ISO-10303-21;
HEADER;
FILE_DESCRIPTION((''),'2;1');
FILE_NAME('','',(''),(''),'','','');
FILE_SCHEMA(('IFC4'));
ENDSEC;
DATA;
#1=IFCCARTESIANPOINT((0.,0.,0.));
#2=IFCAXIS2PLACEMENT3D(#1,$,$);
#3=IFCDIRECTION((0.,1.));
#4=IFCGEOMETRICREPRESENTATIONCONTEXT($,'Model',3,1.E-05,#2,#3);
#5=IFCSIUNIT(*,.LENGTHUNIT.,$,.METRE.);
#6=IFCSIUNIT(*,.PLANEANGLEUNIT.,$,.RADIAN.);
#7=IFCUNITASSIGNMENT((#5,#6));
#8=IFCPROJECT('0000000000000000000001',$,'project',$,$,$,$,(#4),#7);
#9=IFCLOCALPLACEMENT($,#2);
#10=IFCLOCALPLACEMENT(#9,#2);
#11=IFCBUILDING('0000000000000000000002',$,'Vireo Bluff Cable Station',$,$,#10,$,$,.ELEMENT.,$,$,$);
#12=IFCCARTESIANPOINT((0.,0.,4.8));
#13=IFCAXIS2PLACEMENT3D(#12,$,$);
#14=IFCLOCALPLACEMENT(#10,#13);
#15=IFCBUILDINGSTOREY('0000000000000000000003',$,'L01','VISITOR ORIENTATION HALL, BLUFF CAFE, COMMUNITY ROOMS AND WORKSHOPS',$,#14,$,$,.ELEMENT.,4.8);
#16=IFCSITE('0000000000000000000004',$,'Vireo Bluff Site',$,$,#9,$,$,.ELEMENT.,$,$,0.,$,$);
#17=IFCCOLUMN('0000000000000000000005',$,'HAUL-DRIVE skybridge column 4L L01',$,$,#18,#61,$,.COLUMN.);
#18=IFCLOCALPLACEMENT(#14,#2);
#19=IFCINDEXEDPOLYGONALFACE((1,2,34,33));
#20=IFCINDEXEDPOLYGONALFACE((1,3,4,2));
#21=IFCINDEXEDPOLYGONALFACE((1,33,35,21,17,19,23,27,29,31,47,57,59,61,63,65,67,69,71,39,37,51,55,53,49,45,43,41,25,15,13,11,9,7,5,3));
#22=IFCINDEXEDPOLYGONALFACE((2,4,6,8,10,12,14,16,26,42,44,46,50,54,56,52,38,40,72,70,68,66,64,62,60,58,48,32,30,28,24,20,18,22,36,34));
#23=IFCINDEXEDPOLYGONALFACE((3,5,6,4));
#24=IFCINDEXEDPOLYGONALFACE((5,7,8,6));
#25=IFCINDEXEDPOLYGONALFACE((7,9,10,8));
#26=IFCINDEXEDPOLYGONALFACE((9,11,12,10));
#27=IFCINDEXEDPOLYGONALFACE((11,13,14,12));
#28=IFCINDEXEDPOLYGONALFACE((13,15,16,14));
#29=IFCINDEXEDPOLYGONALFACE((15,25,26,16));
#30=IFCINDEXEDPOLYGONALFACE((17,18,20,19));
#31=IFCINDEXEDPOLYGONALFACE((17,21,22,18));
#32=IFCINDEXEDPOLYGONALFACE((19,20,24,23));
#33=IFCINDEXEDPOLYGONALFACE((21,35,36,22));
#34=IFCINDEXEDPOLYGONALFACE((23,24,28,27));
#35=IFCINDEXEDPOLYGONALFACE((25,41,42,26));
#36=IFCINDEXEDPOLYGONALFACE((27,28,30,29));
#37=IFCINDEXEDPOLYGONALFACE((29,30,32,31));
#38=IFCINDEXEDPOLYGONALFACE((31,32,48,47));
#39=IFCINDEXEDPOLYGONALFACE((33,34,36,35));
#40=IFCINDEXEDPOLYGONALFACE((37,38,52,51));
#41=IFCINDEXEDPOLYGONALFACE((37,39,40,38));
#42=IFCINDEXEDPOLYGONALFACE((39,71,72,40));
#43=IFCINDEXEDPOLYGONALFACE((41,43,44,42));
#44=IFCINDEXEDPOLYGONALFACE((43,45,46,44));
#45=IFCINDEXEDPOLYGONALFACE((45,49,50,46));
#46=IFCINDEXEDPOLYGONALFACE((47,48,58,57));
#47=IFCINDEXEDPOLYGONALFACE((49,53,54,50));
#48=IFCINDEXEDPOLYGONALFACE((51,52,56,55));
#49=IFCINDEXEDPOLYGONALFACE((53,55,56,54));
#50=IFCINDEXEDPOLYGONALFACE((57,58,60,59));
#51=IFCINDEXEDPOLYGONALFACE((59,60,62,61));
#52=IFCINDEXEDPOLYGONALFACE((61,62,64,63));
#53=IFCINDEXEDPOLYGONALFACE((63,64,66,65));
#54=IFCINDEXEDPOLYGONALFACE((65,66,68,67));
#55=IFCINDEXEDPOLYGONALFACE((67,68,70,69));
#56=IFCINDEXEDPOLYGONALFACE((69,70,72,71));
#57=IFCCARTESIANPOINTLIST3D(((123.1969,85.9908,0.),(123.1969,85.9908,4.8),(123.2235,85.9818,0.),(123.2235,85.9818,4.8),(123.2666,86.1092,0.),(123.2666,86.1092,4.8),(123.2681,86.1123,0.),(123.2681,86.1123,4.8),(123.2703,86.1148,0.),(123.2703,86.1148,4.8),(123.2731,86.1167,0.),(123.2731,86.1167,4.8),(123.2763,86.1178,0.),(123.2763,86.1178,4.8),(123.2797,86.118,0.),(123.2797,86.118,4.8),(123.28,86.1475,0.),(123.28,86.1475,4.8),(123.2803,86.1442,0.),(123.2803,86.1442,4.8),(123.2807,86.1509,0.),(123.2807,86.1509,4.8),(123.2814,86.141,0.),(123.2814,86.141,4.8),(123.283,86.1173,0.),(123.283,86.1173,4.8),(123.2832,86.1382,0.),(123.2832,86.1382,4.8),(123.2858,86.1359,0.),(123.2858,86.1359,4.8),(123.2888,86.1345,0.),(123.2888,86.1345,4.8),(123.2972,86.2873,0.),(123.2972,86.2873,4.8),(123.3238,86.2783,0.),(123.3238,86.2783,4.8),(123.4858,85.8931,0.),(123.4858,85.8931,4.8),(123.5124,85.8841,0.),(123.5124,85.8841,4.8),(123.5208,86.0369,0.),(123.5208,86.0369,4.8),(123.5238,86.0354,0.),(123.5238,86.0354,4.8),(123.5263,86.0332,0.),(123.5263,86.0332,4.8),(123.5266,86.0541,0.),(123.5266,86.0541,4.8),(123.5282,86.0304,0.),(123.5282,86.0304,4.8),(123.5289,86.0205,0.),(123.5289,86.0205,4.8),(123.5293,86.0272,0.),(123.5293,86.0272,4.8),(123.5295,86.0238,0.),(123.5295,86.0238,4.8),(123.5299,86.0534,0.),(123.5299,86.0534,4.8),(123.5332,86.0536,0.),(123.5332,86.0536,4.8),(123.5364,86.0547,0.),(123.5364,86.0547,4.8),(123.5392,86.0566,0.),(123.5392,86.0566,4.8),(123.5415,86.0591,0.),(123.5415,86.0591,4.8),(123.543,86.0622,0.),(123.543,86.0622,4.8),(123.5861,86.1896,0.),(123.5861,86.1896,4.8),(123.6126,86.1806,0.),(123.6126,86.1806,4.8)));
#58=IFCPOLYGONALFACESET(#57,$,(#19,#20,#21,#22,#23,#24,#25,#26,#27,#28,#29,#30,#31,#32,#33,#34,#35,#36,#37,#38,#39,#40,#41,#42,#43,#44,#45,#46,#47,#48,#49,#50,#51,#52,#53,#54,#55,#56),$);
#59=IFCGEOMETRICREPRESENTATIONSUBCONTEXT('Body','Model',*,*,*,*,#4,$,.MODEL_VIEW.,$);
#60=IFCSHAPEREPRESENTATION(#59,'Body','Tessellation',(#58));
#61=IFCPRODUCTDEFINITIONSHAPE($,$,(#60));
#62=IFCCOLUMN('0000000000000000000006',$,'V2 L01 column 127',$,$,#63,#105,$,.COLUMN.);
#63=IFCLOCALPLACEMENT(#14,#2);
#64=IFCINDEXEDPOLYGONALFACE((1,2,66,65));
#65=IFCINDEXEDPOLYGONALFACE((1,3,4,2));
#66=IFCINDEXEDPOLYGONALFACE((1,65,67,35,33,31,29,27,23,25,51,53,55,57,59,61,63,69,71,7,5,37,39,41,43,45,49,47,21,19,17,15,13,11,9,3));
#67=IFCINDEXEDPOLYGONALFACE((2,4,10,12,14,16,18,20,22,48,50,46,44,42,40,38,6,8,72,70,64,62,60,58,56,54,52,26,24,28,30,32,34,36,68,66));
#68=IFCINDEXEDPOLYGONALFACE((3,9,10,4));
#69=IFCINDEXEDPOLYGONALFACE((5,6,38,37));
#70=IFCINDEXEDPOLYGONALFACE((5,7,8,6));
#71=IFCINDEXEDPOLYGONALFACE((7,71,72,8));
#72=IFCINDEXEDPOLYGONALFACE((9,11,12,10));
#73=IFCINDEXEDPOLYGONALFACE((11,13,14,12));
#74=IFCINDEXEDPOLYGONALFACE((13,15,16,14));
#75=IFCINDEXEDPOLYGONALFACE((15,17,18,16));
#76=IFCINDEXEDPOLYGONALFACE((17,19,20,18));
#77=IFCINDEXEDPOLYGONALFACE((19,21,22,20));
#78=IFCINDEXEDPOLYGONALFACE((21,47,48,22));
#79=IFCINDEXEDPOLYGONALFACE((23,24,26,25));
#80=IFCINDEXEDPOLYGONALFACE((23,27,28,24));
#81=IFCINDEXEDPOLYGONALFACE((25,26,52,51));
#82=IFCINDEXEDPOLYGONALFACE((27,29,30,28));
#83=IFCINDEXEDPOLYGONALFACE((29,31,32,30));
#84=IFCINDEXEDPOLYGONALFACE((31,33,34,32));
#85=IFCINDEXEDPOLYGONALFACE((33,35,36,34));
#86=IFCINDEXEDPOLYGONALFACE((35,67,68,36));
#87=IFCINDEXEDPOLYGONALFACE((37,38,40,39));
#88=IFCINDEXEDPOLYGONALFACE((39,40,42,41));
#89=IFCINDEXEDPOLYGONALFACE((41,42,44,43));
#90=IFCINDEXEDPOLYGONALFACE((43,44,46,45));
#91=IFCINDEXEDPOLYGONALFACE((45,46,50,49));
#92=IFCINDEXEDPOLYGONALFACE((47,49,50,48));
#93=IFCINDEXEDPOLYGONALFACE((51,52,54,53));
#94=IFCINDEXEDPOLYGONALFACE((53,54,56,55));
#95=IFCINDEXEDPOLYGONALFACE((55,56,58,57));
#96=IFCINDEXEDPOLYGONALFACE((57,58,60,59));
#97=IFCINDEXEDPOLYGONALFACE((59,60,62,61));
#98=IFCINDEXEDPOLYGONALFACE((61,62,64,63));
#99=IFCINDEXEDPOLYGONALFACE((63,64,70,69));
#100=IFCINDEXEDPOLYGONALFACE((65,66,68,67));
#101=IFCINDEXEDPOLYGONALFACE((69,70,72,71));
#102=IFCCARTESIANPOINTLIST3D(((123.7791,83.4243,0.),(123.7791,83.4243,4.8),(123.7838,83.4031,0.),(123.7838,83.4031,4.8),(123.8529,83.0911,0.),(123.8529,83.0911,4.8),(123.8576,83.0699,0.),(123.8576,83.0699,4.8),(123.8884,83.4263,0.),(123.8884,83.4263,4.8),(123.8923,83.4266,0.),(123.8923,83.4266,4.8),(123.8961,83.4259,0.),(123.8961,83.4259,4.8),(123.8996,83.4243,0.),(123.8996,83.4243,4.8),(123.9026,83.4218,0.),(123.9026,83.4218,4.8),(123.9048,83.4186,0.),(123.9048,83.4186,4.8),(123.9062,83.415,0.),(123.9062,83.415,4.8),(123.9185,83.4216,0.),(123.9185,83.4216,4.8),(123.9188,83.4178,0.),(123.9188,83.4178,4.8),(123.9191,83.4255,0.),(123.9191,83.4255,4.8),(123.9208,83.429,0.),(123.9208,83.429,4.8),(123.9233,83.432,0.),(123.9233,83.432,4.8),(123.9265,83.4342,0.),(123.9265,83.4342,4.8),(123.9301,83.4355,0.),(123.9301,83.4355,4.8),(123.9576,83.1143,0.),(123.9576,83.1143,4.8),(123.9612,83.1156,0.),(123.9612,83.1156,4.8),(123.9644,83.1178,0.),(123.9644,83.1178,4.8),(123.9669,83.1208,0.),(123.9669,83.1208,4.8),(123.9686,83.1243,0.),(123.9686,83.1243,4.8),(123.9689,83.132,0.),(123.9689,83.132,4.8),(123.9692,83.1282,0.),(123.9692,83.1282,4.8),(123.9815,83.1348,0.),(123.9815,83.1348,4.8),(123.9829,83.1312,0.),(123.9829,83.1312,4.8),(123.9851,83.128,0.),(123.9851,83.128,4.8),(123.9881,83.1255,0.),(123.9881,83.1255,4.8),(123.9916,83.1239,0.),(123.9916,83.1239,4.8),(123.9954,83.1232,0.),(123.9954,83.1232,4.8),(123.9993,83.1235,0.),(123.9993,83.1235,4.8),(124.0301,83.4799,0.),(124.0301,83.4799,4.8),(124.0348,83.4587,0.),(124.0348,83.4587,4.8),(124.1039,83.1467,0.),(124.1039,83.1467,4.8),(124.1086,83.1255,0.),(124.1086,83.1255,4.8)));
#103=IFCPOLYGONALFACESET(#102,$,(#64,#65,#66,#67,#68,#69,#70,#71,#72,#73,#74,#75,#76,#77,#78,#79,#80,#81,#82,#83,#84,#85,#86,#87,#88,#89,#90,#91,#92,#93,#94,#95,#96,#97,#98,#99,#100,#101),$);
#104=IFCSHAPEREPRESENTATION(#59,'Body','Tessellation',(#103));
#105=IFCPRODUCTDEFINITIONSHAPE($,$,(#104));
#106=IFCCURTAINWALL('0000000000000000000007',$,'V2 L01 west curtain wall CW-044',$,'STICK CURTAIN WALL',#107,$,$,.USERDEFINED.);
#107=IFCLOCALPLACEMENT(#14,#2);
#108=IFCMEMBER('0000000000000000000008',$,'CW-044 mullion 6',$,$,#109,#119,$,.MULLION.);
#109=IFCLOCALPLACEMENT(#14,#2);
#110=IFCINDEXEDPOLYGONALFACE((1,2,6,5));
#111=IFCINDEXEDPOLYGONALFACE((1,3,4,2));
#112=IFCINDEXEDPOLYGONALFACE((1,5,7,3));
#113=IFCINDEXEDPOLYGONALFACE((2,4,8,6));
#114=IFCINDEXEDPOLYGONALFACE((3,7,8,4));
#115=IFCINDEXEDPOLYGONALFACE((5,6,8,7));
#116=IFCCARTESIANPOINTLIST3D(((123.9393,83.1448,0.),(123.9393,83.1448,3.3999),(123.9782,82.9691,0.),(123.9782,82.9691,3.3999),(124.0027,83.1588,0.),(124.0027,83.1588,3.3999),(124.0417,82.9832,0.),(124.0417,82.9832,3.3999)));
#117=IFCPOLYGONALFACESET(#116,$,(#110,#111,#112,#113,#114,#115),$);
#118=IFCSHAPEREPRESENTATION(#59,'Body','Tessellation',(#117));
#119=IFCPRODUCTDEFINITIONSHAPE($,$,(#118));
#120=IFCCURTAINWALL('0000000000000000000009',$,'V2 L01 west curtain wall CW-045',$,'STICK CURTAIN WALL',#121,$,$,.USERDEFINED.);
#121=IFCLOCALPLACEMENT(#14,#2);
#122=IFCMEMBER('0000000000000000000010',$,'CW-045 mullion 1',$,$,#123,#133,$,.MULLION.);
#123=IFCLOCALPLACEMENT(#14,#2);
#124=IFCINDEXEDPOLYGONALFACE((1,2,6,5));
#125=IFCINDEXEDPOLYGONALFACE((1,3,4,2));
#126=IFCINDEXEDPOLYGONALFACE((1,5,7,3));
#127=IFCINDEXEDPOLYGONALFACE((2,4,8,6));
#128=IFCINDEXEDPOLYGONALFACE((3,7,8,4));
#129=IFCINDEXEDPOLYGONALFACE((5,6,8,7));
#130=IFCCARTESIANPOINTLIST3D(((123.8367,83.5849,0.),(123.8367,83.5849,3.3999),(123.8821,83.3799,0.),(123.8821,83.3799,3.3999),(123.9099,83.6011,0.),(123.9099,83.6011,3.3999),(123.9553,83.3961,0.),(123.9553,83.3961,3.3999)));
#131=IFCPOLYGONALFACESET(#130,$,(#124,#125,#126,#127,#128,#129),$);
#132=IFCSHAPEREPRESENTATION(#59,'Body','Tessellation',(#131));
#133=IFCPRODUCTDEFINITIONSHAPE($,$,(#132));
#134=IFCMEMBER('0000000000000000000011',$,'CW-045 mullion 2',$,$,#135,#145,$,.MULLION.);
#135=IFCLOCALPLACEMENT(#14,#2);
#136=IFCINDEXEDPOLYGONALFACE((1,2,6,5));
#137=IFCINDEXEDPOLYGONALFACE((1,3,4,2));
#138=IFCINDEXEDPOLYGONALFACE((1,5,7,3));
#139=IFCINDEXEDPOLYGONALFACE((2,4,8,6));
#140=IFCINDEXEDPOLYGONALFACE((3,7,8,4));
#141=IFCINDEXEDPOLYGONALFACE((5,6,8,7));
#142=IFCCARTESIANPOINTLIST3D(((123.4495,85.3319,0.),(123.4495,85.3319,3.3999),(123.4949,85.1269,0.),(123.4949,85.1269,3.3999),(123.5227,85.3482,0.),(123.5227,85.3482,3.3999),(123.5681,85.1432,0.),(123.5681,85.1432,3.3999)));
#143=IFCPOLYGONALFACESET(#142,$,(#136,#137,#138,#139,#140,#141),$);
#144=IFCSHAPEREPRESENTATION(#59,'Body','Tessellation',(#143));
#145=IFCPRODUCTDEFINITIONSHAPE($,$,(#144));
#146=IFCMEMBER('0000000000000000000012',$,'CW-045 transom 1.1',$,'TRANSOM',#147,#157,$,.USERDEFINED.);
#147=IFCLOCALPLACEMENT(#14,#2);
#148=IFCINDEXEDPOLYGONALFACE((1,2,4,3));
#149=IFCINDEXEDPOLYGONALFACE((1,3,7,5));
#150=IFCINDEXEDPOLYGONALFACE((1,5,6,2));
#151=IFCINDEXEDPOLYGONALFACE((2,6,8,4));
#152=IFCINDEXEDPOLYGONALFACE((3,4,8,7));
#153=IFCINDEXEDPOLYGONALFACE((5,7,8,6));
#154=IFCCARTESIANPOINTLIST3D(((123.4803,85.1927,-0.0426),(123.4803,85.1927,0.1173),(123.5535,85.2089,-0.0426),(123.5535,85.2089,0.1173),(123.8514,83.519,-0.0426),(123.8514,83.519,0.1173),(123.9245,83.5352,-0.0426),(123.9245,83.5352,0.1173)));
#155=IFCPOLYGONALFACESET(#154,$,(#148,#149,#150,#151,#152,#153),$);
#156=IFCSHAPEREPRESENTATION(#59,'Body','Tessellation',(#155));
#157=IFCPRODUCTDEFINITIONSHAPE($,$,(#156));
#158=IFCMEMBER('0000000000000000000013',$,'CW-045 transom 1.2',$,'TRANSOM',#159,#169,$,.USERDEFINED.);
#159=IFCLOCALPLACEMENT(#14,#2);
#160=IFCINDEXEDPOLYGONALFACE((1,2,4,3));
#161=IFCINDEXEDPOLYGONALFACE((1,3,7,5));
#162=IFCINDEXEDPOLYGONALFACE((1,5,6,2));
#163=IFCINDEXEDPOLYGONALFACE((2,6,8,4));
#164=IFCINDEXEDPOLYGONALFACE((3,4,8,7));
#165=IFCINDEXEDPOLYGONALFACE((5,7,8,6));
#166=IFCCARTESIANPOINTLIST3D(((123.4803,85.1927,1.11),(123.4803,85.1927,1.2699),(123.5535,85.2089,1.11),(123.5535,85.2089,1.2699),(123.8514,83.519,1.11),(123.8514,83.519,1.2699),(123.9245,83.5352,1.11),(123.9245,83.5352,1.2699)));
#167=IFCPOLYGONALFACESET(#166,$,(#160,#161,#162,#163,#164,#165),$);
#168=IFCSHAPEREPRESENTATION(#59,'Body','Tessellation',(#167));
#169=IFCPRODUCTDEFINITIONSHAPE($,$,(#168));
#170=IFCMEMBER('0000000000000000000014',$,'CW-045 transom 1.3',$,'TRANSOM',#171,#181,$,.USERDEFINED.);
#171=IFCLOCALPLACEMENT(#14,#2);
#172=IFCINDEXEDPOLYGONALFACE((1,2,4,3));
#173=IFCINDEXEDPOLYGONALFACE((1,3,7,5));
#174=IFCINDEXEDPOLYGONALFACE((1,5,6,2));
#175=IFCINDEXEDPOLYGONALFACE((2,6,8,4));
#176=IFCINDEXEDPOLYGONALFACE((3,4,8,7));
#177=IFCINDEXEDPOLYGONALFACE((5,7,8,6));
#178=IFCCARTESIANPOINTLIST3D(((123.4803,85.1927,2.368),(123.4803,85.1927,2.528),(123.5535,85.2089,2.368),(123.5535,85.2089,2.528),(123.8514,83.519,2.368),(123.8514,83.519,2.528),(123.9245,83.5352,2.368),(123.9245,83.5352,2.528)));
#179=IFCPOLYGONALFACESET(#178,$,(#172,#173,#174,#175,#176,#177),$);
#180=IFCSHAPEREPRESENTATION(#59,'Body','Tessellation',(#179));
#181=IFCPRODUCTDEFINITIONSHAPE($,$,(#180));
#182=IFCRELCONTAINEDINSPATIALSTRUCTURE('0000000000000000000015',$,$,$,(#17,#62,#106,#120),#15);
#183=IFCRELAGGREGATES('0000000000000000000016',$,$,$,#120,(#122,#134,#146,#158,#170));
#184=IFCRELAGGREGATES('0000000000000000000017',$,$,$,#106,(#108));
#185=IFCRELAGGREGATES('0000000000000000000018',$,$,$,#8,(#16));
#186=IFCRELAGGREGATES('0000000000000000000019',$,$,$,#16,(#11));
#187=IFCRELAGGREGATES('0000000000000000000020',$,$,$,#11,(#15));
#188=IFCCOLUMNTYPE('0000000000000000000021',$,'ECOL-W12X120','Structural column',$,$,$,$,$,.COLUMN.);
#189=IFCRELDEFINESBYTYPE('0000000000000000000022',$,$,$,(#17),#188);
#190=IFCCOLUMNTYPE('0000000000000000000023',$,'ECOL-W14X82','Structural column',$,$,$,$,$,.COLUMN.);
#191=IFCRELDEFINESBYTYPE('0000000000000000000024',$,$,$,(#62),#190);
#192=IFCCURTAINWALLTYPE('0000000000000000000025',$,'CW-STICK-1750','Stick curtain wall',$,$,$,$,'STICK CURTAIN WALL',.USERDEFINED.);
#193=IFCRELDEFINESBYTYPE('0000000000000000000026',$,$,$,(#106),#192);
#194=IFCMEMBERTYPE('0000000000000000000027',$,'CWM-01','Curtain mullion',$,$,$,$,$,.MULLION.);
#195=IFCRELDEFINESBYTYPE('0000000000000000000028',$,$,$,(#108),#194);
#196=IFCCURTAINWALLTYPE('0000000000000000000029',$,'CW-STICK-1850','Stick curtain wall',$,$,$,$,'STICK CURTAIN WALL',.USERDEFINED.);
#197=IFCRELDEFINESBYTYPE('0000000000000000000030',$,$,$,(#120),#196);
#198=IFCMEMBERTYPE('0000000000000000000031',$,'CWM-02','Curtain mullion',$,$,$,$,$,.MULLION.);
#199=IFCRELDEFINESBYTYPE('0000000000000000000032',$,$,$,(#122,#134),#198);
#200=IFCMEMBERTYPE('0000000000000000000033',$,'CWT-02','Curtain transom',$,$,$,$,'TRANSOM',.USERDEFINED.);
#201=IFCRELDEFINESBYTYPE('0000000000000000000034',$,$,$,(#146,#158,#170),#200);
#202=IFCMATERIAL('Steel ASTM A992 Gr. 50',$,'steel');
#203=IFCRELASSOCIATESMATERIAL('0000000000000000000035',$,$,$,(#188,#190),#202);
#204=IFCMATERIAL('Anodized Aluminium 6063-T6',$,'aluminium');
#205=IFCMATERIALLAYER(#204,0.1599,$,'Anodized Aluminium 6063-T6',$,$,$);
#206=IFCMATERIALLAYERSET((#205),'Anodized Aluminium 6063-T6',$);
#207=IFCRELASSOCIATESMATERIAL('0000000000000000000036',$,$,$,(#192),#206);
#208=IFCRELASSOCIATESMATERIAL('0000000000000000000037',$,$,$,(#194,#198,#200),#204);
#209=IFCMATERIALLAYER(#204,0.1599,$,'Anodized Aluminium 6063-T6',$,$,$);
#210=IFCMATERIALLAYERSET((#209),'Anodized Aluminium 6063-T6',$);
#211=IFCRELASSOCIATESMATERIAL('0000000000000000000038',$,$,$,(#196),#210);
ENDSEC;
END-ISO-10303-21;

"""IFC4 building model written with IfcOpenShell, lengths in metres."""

from ifc_helpers import new_model, si_unit, direction, frame, origin, origin_2d, place, context, subcontext, project, spatial, rectangle, i_section, extrude, material, layer, layer_set, material_profile, profile_set, type_object, element, aggregate, save


model = new_model("IFC4")

# Units and contexts
model_context = context("Model", 3, precision=1e-05, world=origin(), true_north=direction((0.0, 1.0)))
body_context = subcontext(model_context, "Body", "Model", "MODEL_VIEW")
ifc_project = project(units=[si_unit("LENGTHUNIT", "METRE"), si_unit("PLANEANGLEUNIT", "RADIAN")], contexts=[model_context])

# Site, building, storey
site_placement = place(None, origin())
site = spatial("IfcSite", under=ifc_project, at=site_placement, Name="Vireo Bluff Site", CompositionType="ELEMENT", RefElevation=0.0)
building_placement = place(site_placement, origin())
building = spatial("IfcBuilding", under=site, at=building_placement, Name="Vireo Bluff Cable Station", CompositionType="ELEMENT")
storey_placement = place(building_placement, frame((0.0, 0.0, 4.8)))
storey = spatial("IfcBuildingStorey", under=building, at=storey_placement, Name="L01", Description="VISITOR ORIENTATION HALL, BLUFF CAFE, COMMUNITY ROOMS AND WORKSHOPS", CompositionType="ELEMENT", Elevation=4.8)

# Columns
ifc_material_1 = material(Name="Steel ASTM A992 Gr. 50", Category="steel")
ifc_material_profile_1 = material_profile(ifc_material_1, i_section(OverallWidth=0.313, OverallDepth=0.333, WebThickness=0.0181, FlangeThickness=0.0281, FilletRadius=0.0129, at=origin_2d()), Name="W12X120")
ifc_profile_set_1 = profile_set([ifc_material_profile_1], Name="Steel ASTM A992 Gr. 50")
column_type_1 = type_object("IfcColumnType", Name="ECOL-W12X120", Description="Structural column", PredefinedType="COLUMN", material=ifc_profile_set_1)
column_1_placement = place(storey_placement, frame((123.4048, 86.0857, 0.0), z_axis=(0.0, 0.0, 1.0), x_axis=(0.320352, 0.947299, 0.0)))
element("IfcColumn", 1, at=column_1_placement, inside=storey, type_object=column_type_1, Name="HAUL-DRIVE skybridge column 4L L01", PredefinedType="COLUMN", context=body_context, shape_type="SweptSolid", body=[
    extrude(i_section(OverallWidth=0.313, OverallDepth=0.333, WebThickness=0.0181, FlangeThickness=0.0281, FilletRadius=0.0129, at=origin_2d()), origin(), (0.0, 0.0, 1.0), 4.8),
])
ifc_material_profile_2 = material_profile(ifc_material_1, i_section(OverallWidth=0.2571, OverallDepth=0.363, WebThickness=0.0129, FlangeThickness=0.0217, FilletRadius=0.0149, at=origin_2d()), Name="W14X82")
ifc_profile_set_2 = profile_set([ifc_material_profile_2], Name="Steel ASTM A992 Gr. 50")
column_type_2 = type_object("IfcColumnType", Name="ECOL-W14X82", Description="Structural column", PredefinedType="COLUMN", material=ifc_profile_set_2)
column_2_placement = place(storey_placement, frame((123.9438, 83.2749, 0.0), z_axis=(0.0, 0.0, 1.0), x_axis=(0.976296, 0.21644, 0.0)))
element("IfcColumn", 2, at=column_2_placement, inside=storey, type_object=column_type_2, Name="V2 L01 column 127", PredefinedType="COLUMN", context=body_context, shape_type="SweptSolid", body=[
    extrude(i_section(OverallWidth=0.2571, OverallDepth=0.363, WebThickness=0.0129, FlangeThickness=0.0217, FilletRadius=0.0149, at=origin_2d()), origin(), (0.0, 0.0, 1.0), 4.8),
])

# Curtain wall, member
ifc_material_2 = material(Name="Anodized Aluminium 6063-T6", Category="aluminium")
ifc_layer_1 = layer(ifc_material_2, 0.1599, Name="Anodized Aluminium 6063-T6")
ifc_layer_set_1 = layer_set([ifc_layer_1], Name="Anodized Aluminium 6063-T6")
curtain_wall_type_1 = type_object("IfcCurtainWallType", Name="CW-STICK-1750", Description="Stick curtain wall", ElementType="STICK CURTAIN WALL", PredefinedType="USERDEFINED", material=ifc_layer_set_1)
curtain_wall_1_placement = place(storey_placement, origin())
curtain_wall_1 = element("IfcCurtainWall", 3, at=curtain_wall_1_placement, inside=storey, type_object=curtain_wall_type_1, Name="V2 L01 west curtain wall CW-044", ObjectType="STICK CURTAIN WALL", PredefinedType="USERDEFINED")
ifc_material_profile_3 = material_profile(ifc_material_2, rectangle(XDim=0.0649, YDim=0.1799, at=origin_2d()), Name="ALU-M-65X180")
ifc_profile_set_3 = profile_set([ifc_material_profile_3], Name="Anodized Aluminium 6063-T6")
member_type_1 = type_object("IfcMemberType", Name="CWM-01", Description="Curtain mullion", PredefinedType="MULLION", material=ifc_profile_set_3)
member_1_placement = place(storey_placement, frame((123.9905, 83.064, 0.0), z_axis=(0.0, 0.0, 1.0), x_axis=(-0.976296, -0.21644, 0.0)))
member_1 = element("IfcMember", 4, at=member_1_placement, type_object=member_type_1, Name="CW-044 mullion 6", PredefinedType="MULLION", context=body_context, shape_type="SweptSolid", body=[
    extrude(rectangle(XDim=0.0649, YDim=0.1799, at=origin_2d()), origin(), (0.0, 0.0, 1.0), 3.3999),
])

# Curtain wall, members
ifc_layer_2 = layer(ifc_material_2, 0.1599, Name="Anodized Aluminium 6063-T6")
ifc_layer_set_2 = layer_set([ifc_layer_2], Name="Anodized Aluminium 6063-T6")
curtain_wall_type_2 = type_object("IfcCurtainWallType", Name="CW-STICK-1850", Description="Stick curtain wall", ElementType="STICK CURTAIN WALL", PredefinedType="USERDEFINED", material=ifc_layer_set_2)
curtain_wall_2_placement = place(storey_placement, origin())
curtain_wall_2 = element("IfcCurtainWall", 5, at=curtain_wall_2_placement, inside=storey, type_object=curtain_wall_type_2, Name="V2 L01 west curtain wall CW-045", ObjectType="STICK CURTAIN WALL", PredefinedType="USERDEFINED")
ifc_material_profile_4 = material_profile(ifc_material_2, rectangle(XDim=0.075, YDim=0.21, at=origin_2d()), Name="ALU-M-75X210")
ifc_profile_set_4 = profile_set([ifc_material_profile_4], Name="Anodized Aluminium 6063-T6")
member_type_2 = type_object("IfcMemberType", Name="CWM-02", Description="Curtain mullion", PredefinedType="MULLION", material=ifc_profile_set_4)
member_2_placement = place(storey_placement, frame((123.896, 83.4905, 0.0), z_axis=(0.0, 0.0, 1.0), x_axis=(-0.976296, -0.21644, 0.0)))
member_2 = element("IfcMember", 6, at=member_2_placement, type_object=member_type_2, Name="CW-045 mullion 1", PredefinedType="MULLION", context=body_context, shape_type="SweptSolid", body=[
    extrude(rectangle(XDim=0.075, YDim=0.21, at=origin_2d()), origin(), (0.0, 0.0, 1.0), 3.3999),
])
member_3_placement = place(storey_placement, frame((123.5088, 85.2375, 0.0), z_axis=(0.0, 0.0, 1.0), x_axis=(-0.976296, -0.21644, 0.0)))
member_3 = element("IfcMember", 7, at=member_3_placement, type_object=member_type_2, Name="CW-045 mullion 2", PredefinedType="MULLION", context=body_context, shape_type="SweptSolid", body=[
    extrude(rectangle(XDim=0.075, YDim=0.21, at=origin_2d()), origin(), (0.0, 0.0, 1.0), 3.3999),
])
ifc_material_profile_5 = material_profile(ifc_material_2, rectangle(XDim=0.075, YDim=0.1599, at=origin_2d()), Name="ALU-T-75X160")
ifc_profile_set_5 = profile_set([ifc_material_profile_5], Name="Anodized Aluminium 6063-T6")
member_type_3 = type_object("IfcMemberType", Name="CWT-02", Description="Curtain transom", ElementType="TRANSOM", PredefinedType="USERDEFINED", material=ifc_profile_set_5)
member_4_placement = place(storey_placement, frame((123.8879, 83.5271, 0.0374), z_axis=(-0.216448, 0.976294, 0.0), x_axis=(-0.976294, -0.216448, 0.0)))
member_4 = element("IfcMember", 8, at=member_4_placement, type_object=member_type_3, Name="CW-045 transom 1.1", ObjectType="TRANSOM", PredefinedType="USERDEFINED", context=body_context, shape_type="SweptSolid", body=[
    extrude(rectangle(XDim=0.075, YDim=0.1599, at=origin_2d()), origin(), (0.0, 0.0, 1.0), 1.7144),
])
member_5_placement = place(storey_placement, frame((123.8879, 83.5271, 1.1899), z_axis=(-0.216448, 0.976294, 0.0), x_axis=(-0.976294, -0.216448, 0.0)))
member_5 = element("IfcMember", 9, at=member_5_placement, type_object=member_type_3, Name="CW-045 transom 1.2", ObjectType="TRANSOM", PredefinedType="USERDEFINED", context=body_context, shape_type="SweptSolid", body=[
    extrude(rectangle(XDim=0.075, YDim=0.1599, at=origin_2d()), origin(), (0.0, 0.0, 1.0), 1.7144),
])
member_6_placement = place(storey_placement, frame((123.8879, 83.5271, 2.448), z_axis=(-0.216448, 0.976294, 0.0), x_axis=(-0.976294, -0.216448, 0.0)))
member_6 = element("IfcMember", 10, at=member_6_placement, type_object=member_type_3, Name="CW-045 transom 1.3", ObjectType="TRANSOM", PredefinedType="USERDEFINED", context=body_context, shape_type="SweptSolid", body=[
    extrude(rectangle(XDim=0.075, YDim=0.1599, at=origin_2d()), origin(), (0.0, 0.0, 1.0), 1.7144),
])

aggregate(curtain_wall_2, [member_2, member_3, member_4, member_5, member_6])
aggregate(curtain_wall_1, [member_1])

save(model, "model.ifc")
